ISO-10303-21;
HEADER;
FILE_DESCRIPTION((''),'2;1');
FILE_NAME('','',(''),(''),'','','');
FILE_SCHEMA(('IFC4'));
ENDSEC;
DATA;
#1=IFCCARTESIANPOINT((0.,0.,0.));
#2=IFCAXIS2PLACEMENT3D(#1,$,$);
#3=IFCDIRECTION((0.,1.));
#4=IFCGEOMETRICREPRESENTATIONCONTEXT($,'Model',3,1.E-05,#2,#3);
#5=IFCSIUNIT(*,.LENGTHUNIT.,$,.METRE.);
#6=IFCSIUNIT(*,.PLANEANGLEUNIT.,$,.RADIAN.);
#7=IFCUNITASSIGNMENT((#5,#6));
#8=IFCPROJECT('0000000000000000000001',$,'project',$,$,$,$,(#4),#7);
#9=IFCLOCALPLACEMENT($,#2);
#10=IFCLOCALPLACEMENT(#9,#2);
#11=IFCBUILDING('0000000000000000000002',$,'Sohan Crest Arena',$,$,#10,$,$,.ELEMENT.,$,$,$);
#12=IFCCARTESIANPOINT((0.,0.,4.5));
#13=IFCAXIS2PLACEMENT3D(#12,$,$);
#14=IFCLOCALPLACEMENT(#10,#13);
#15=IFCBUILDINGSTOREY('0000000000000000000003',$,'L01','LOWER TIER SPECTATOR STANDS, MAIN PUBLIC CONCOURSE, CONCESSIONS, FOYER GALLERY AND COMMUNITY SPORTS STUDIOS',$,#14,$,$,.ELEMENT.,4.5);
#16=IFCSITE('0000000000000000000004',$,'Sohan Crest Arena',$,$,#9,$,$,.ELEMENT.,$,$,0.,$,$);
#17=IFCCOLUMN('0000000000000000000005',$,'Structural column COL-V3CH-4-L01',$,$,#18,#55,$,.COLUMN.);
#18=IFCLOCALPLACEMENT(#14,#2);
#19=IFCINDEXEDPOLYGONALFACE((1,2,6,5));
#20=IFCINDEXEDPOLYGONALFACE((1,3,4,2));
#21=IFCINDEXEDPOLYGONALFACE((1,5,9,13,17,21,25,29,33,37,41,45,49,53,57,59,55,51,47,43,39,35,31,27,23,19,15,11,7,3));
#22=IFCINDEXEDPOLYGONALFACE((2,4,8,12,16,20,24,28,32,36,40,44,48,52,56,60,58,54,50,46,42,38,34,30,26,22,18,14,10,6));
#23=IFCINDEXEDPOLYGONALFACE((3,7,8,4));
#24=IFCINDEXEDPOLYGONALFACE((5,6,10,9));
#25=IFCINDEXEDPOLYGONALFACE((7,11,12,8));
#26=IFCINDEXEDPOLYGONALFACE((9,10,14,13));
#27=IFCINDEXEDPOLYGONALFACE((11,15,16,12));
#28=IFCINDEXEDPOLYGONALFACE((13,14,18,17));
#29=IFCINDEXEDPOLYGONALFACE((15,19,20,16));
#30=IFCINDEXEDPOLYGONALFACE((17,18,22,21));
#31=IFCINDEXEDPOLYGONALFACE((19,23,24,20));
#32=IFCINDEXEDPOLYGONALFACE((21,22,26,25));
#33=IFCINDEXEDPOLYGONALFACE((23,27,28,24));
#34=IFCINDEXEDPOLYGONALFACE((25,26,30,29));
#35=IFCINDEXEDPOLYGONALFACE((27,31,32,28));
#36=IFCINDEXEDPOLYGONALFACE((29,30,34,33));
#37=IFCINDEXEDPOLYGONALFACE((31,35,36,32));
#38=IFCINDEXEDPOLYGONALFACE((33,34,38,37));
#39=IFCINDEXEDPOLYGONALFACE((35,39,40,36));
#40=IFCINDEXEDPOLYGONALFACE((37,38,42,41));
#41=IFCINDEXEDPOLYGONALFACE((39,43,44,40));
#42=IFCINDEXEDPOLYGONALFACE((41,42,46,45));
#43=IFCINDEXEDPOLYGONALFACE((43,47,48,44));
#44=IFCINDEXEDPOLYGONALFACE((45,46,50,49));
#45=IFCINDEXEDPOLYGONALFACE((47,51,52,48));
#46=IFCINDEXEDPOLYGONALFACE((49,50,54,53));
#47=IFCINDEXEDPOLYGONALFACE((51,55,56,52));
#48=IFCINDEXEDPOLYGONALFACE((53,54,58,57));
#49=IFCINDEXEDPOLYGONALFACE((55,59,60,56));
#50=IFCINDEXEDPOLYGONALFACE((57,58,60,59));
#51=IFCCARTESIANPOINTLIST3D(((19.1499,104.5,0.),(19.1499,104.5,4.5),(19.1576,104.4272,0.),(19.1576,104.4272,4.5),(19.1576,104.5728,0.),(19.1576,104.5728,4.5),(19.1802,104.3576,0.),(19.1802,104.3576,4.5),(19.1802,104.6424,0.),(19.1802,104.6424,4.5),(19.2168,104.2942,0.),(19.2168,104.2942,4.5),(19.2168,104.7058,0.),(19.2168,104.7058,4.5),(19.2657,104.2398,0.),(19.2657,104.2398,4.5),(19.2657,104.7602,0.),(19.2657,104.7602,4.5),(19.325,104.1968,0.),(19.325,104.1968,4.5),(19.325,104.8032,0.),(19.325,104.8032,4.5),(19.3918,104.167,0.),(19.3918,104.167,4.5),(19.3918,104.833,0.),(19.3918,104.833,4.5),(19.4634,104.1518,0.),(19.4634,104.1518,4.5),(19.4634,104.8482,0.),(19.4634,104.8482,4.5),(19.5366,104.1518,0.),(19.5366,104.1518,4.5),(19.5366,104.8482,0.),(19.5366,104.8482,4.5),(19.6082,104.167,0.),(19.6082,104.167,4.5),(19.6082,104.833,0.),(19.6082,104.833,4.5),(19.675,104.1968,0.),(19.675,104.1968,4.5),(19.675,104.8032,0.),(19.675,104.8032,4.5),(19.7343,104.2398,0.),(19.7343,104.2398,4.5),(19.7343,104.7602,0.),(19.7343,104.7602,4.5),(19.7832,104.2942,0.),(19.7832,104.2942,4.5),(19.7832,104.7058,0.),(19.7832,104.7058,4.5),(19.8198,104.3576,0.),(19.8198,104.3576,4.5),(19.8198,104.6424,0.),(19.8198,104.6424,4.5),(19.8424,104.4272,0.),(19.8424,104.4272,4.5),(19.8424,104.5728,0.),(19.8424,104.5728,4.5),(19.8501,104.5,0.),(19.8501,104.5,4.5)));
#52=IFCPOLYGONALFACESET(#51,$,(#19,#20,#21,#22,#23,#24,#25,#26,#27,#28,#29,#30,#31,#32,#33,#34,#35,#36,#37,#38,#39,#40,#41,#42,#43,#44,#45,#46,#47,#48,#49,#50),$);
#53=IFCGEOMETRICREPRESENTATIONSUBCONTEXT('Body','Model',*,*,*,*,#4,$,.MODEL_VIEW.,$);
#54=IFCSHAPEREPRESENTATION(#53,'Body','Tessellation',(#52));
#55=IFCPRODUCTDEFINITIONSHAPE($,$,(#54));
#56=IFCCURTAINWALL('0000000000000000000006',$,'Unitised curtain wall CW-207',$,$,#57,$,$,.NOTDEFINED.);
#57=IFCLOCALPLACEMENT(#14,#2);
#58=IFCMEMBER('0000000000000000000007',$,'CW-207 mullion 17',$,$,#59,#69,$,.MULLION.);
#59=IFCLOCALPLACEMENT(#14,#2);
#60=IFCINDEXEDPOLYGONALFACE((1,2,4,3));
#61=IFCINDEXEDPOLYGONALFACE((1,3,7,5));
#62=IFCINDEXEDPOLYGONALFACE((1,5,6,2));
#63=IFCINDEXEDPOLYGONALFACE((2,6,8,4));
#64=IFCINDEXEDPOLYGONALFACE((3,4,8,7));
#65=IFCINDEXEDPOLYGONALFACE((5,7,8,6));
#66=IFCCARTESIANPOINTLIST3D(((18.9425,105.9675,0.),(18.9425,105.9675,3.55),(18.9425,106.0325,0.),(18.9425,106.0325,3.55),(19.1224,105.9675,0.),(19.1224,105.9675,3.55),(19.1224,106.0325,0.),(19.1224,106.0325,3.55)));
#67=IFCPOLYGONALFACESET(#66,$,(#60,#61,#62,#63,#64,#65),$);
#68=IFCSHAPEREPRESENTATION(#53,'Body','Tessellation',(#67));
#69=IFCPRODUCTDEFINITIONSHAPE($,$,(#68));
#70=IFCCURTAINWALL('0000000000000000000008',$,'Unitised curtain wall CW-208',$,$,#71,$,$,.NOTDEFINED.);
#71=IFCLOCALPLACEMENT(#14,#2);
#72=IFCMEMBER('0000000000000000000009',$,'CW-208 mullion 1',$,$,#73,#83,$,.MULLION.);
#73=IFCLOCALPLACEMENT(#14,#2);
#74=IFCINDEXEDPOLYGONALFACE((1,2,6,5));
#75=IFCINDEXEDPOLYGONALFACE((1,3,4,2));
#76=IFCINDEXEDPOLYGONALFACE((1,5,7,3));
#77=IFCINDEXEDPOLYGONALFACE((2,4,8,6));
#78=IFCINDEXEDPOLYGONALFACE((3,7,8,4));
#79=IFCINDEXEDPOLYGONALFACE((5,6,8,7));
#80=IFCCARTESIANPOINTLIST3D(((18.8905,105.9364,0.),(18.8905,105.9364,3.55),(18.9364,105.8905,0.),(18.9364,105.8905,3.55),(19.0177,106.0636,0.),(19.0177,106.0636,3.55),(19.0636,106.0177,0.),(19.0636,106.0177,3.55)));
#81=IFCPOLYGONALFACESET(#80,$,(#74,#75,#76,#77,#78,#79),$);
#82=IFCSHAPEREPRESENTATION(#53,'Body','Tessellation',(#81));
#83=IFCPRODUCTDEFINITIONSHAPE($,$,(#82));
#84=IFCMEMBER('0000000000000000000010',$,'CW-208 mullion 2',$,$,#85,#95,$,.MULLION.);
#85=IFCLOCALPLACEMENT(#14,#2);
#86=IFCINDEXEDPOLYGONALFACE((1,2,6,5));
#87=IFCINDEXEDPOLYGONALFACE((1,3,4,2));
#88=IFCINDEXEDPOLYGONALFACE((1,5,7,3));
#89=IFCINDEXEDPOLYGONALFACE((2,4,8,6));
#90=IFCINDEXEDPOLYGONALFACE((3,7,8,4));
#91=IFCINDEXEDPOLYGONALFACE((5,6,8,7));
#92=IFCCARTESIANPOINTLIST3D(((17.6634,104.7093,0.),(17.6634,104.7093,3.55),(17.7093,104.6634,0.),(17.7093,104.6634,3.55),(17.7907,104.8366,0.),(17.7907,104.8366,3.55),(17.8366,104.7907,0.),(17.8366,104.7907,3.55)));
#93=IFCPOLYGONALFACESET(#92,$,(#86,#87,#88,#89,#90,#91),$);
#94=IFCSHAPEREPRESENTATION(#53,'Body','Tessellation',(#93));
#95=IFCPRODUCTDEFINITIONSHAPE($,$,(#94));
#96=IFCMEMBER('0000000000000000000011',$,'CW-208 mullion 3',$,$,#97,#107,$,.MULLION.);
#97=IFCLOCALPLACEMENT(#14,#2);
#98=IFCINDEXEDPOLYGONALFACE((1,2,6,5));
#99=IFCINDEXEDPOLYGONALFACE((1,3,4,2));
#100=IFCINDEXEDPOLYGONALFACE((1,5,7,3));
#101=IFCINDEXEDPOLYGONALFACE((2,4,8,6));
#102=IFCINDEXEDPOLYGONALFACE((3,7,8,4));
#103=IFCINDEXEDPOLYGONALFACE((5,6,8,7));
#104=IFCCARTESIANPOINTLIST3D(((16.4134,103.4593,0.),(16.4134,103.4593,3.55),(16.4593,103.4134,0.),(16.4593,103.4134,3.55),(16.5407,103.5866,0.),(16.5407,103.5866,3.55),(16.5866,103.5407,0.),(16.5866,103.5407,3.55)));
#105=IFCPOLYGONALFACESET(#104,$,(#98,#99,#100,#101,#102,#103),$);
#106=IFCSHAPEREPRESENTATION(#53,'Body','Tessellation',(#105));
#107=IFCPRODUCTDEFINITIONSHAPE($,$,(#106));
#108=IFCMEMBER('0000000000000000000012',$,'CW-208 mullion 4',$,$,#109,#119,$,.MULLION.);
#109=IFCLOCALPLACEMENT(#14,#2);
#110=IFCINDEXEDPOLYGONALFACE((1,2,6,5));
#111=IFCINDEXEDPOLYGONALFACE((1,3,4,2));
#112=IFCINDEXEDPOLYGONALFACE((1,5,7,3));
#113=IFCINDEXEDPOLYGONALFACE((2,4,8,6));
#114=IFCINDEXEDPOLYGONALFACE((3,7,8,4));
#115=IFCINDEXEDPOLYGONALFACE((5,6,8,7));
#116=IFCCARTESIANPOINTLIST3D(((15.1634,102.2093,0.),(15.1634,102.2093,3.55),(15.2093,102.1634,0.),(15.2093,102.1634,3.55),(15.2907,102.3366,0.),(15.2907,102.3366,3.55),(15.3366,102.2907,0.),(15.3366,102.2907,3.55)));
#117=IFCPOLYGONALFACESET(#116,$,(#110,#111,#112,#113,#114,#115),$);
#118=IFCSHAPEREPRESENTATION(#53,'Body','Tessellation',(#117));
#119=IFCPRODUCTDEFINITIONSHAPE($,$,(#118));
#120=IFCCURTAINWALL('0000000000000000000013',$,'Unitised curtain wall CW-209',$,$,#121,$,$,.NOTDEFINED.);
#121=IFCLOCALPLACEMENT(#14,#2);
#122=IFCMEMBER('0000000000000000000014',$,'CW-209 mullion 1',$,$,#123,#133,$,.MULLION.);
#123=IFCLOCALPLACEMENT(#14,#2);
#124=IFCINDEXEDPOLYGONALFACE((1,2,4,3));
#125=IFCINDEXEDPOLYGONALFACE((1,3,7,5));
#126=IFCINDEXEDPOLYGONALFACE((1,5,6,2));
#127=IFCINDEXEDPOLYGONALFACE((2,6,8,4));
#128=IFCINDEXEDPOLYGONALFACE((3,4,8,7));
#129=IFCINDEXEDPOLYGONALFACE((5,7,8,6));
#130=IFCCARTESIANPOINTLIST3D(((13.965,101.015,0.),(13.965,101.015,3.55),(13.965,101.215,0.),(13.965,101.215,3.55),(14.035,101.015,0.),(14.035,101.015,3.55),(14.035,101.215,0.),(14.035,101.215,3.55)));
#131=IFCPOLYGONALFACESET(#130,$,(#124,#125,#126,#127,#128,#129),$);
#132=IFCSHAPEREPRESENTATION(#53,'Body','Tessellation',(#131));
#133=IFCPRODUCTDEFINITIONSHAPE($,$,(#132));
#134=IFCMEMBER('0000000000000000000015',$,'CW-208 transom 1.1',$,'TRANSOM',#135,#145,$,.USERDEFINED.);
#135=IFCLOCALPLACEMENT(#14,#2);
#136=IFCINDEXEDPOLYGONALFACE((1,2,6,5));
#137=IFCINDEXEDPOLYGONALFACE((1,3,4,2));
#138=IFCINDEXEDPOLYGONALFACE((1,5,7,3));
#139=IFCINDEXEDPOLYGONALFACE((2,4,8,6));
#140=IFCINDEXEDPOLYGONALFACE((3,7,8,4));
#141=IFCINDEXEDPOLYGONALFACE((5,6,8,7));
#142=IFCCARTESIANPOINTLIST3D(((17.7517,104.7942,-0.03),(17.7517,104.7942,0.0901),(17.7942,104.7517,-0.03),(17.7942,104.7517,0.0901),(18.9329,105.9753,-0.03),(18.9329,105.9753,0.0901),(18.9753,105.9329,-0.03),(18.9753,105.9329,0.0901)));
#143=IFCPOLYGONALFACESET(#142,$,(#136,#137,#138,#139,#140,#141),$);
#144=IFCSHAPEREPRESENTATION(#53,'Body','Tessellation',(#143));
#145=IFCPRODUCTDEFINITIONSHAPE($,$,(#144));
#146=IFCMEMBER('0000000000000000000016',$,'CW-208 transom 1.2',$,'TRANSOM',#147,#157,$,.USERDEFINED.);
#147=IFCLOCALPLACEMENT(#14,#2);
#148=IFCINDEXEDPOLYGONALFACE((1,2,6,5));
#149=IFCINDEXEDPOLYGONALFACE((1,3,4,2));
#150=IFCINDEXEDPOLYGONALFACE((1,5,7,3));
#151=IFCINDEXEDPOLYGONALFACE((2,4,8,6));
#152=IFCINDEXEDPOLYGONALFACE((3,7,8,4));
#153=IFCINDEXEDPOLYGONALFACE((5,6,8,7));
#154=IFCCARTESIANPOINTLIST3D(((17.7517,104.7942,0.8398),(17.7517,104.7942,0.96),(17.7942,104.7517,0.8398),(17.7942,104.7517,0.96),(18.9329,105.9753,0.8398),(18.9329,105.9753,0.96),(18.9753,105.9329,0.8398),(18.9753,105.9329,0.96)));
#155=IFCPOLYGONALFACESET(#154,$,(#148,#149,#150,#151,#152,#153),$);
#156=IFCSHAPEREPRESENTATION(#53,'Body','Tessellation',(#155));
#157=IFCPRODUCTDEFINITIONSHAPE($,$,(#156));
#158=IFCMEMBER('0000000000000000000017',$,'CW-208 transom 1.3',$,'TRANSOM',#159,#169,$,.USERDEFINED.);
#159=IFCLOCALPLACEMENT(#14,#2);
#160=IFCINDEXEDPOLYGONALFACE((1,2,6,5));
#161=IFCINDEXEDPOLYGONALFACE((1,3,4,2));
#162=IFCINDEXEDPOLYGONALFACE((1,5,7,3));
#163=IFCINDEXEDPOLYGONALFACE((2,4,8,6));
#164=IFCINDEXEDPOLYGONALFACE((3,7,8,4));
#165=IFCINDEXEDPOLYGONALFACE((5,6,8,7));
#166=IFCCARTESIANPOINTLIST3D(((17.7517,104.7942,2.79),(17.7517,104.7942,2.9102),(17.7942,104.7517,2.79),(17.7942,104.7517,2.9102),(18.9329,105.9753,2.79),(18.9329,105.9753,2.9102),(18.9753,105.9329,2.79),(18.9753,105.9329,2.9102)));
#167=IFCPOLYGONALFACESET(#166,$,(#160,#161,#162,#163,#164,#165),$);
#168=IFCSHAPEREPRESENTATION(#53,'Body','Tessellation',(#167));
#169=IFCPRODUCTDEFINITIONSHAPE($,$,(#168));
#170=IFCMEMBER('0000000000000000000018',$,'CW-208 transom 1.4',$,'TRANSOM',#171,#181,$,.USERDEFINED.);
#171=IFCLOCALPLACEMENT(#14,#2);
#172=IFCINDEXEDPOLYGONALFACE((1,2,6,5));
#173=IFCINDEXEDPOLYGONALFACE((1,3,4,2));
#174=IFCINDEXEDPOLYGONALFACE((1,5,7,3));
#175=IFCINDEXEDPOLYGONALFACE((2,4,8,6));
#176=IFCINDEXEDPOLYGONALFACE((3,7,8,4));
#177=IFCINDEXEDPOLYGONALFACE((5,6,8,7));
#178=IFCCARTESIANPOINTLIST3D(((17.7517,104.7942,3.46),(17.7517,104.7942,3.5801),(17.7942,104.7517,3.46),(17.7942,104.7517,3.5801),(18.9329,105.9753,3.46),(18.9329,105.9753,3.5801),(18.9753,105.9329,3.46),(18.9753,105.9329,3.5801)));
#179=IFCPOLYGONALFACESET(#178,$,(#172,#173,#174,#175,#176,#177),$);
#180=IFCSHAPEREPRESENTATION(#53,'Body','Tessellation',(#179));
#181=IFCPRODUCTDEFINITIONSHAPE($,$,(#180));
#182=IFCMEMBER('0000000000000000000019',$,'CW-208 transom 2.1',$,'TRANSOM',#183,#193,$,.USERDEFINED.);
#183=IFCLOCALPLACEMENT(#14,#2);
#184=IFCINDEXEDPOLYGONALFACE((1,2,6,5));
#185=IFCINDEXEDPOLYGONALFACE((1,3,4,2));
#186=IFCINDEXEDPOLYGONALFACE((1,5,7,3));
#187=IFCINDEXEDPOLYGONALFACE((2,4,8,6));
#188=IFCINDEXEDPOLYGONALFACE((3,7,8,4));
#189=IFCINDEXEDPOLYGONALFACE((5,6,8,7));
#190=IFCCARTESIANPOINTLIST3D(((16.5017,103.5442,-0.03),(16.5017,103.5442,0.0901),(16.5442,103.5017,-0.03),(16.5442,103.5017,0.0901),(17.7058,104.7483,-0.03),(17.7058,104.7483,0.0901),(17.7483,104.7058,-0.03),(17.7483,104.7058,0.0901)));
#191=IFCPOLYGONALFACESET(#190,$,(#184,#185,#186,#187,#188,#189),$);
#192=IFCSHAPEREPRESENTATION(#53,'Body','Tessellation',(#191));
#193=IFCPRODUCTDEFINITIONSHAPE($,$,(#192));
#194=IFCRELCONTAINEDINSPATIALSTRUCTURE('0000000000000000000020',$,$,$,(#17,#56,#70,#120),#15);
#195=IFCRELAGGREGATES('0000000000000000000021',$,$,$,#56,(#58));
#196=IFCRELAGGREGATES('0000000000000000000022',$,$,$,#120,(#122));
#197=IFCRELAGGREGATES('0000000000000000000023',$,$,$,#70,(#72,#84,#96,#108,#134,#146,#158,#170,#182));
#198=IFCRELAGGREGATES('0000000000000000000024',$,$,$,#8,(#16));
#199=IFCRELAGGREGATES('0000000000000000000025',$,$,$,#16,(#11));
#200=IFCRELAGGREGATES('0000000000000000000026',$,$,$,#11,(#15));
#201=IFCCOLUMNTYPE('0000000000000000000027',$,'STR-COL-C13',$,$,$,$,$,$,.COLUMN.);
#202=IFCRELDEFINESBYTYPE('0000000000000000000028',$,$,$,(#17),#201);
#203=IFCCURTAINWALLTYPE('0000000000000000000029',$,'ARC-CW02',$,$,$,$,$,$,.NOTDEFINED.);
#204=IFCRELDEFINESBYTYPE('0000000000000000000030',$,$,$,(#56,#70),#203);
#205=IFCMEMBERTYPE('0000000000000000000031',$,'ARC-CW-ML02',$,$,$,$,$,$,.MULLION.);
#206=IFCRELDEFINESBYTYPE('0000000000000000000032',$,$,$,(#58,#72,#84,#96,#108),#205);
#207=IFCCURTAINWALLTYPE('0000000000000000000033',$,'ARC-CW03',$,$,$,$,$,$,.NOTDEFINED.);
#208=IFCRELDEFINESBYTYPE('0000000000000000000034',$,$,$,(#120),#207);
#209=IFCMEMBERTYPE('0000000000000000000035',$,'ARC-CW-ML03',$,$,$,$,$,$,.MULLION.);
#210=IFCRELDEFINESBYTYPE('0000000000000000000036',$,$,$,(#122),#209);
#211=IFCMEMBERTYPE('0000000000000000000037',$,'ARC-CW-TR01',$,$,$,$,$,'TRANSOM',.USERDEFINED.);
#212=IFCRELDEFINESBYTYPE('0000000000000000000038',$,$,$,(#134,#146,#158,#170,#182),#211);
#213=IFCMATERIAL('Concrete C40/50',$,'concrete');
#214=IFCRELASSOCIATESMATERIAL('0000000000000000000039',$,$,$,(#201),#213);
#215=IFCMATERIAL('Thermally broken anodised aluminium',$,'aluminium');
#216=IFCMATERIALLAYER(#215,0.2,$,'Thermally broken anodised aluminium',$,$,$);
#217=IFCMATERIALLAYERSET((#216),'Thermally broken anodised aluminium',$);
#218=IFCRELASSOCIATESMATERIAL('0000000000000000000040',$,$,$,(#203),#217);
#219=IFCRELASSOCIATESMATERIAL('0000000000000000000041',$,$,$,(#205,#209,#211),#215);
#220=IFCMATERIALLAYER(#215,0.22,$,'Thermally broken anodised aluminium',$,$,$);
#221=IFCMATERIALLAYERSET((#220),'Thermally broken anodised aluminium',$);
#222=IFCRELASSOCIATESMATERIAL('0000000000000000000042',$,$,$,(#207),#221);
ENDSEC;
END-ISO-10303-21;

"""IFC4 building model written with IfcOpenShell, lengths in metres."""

from ifc_helpers import new_model, si_unit, direction, frame, origin, origin_2d, place, context, subcontext, project, spatial, rectangle, circle, extrude, material, layer, layer_set, material_profile, profile_set, type_object, element, aggregate, save


model = new_model("IFC4")

# Units and contexts
model_context = context("Model", 3, precision=1e-05, world=origin(), true_north=direction((0.0, 1.0)))
body_context = subcontext(model_context, "Body", "Model", "MODEL_VIEW")
ifc_project = project(units=[si_unit("LENGTHUNIT", "METRE"), si_unit("PLANEANGLEUNIT", "RADIAN")], contexts=[model_context])

# Site, building, storey
site_placement = place(None, origin())
site = spatial("IfcSite", under=ifc_project, at=site_placement, Name="Sohan Crest Arena", CompositionType="ELEMENT", RefElevation=0.0)
building_placement = place(site_placement, origin())
building = spatial("IfcBuilding", under=site, at=building_placement, Name="Sohan Crest Arena", CompositionType="ELEMENT")
storey_placement = place(building_placement, frame((0.0, 0.0, 4.5)))
storey = spatial("IfcBuildingStorey", under=building, at=storey_placement, Name="L01", Description="LOWER TIER SPECTATOR STANDS, MAIN PUBLIC CONCOURSE, CONCESSIONS, FOYER GALLERY AND COMMUNITY SPORTS STUDIOS", CompositionType="ELEMENT", Elevation=4.5)

# Column
ifc_material_1 = material(Name="Concrete C40/50", Category="concrete")
ifc_material_profile_1 = material_profile(ifc_material_1, circle(Radius=0.3501, at=origin_2d()), Name="RC D700")
ifc_profile_set_1 = profile_set([ifc_material_profile_1], Name="Concrete C40/50")
column_type = type_object("IfcColumnType", Name="STR-COL-C13", PredefinedType="COLUMN", material=ifc_profile_set_1)
column_placement = place(storey_placement, frame((19.5, 104.5, 0.0), z_axis=(0.0, 0.0, 1.0), x_axis=(1.0, 0.0, 0.0)))
element("IfcColumn", 1, at=column_placement, inside=storey, type_object=column_type, Name="Structural column COL-V3CH-4-L01", PredefinedType="COLUMN", context=body_context, shape_type="SweptSolid", body=[
    extrude(circle(Radius=0.3501, at=origin_2d()), origin(), (0.0, 0.0, 1.0), 4.5),
])

# Curtain wall, member
ifc_material_2 = material(Name="Thermally broken anodised aluminium", Category="aluminium")
ifc_layer_1 = layer(ifc_material_2, 0.2, Name="Thermally broken anodised aluminium")
ifc_layer_set_1 = layer_set([ifc_layer_1], Name="Thermally broken anodised aluminium")
curtain_wall_type_1 = type_object("IfcCurtainWallType", Name="ARC-CW02", PredefinedType="NOTDEFINED", material=ifc_layer_set_1)
curtain_wall_1_placement = place(storey_placement, origin())
curtain_wall_1 = element("IfcCurtainWall", 2, at=curtain_wall_1_placement, inside=storey, type_object=curtain_wall_type_1, Name="Unitised curtain wall CW-207", PredefinedType="NOTDEFINED")
ifc_material_profile_2 = material_profile(ifc_material_2, rectangle(XDim=0.0649, YDim=0.1799, at=origin_2d()), Name="ALU-MULL 65x180")
ifc_profile_set_2 = profile_set([ifc_material_profile_2], Name="Thermally broken anodised aluminium")
member_type_1 = type_object("IfcMemberType", Name="ARC-CW-ML02", PredefinedType="MULLION", material=ifc_profile_set_2)
member_1_placement = place(storey_placement, frame((19.0325, 106.0, 0.0), z_axis=(0.0, 0.0, 1.0), x_axis=(0.0, -1.0, 0.0)))
member_1 = element("IfcMember", 3, at=member_1_placement, type_object=member_type_1, Name="CW-207 mullion 17", PredefinedType="MULLION", context=body_context, shape_type="SweptSolid", body=[
    extrude(rectangle(XDim=0.0649, YDim=0.1799, at=origin_2d()), origin(), (0.0, 0.0, 1.0), 3.55),
])
aggregate(curtain_wall_1, [member_1])

# Curtain wall, members
curtain_wall_2_placement = place(storey_placement, origin())
curtain_wall_2 = element("IfcCurtainWall", 4, at=curtain_wall_2_placement, inside=storey, type_object=curtain_wall_type_1, Name="Unitised curtain wall CW-208", PredefinedType="NOTDEFINED")
member_2_placement = place(storey_placement, frame((18.9771, 105.9771, 0.0), z_axis=(0.0, 0.0, 1.0), x_axis=(0.707107, -0.707107, 0.0)))
member_2 = element("IfcMember", 5, at=member_2_placement, type_object=member_type_1, Name="CW-208 mullion 1", PredefinedType="MULLION", context=body_context, shape_type="SweptSolid", body=[
    extrude(rectangle(XDim=0.0649, YDim=0.1799, at=origin_2d()), origin(), (0.0, 0.0, 1.0), 3.55),
])
member_3_placement = place(storey_placement, frame((17.75, 104.75, 0.0), z_axis=(0.0, 0.0, 1.0), x_axis=(0.707107, -0.707107, 0.0)))
member_3 = element("IfcMember", 6, at=member_3_placement, type_object=member_type_1, Name="CW-208 mullion 2", PredefinedType="MULLION", context=body_context, shape_type="SweptSolid", body=[
    extrude(rectangle(XDim=0.0649, YDim=0.1799, at=origin_2d()), origin(), (0.0, 0.0, 1.0), 3.55),
])
member_4_placement = place(storey_placement, frame((16.5, 103.5, 0.0), z_axis=(0.0, 0.0, 1.0), x_axis=(0.707107, -0.707107, 0.0)))
member_4 = element("IfcMember", 7, at=member_4_placement, type_object=member_type_1, Name="CW-208 mullion 3", PredefinedType="MULLION", context=body_context, shape_type="SweptSolid", body=[
    extrude(rectangle(XDim=0.0649, YDim=0.1799, at=origin_2d()), origin(), (0.0, 0.0, 1.0), 3.55),
])
member_5_placement = place(storey_placement, frame((15.25, 102.25, 0.0), z_axis=(0.0, 0.0, 1.0), x_axis=(0.707107, -0.707107, 0.0)))
member_5 = element("IfcMember", 8, at=member_5_placement, type_object=member_type_1, Name="CW-208 mullion 4", PredefinedType="MULLION", context=body_context, shape_type="SweptSolid", body=[
    extrude(rectangle(XDim=0.0649, YDim=0.1799, at=origin_2d()), origin(), (0.0, 0.0, 1.0), 3.55),
])

# Curtain wall, member
ifc_layer_2 = layer(ifc_material_2, 0.22, Name="Thermally broken anodised aluminium")
ifc_layer_set_2 = layer_set([ifc_layer_2], Name="Thermally broken anodised aluminium")
curtain_wall_type_2 = type_object("IfcCurtainWallType", Name="ARC-CW03", PredefinedType="NOTDEFINED", material=ifc_layer_set_2)
curtain_wall_3_placement = place(storey_placement, origin())
curtain_wall_3 = element("IfcCurtainWall", 9, at=curtain_wall_3_placement, inside=storey, type_object=curtain_wall_type_2, Name="Unitised curtain wall CW-209", PredefinedType="NOTDEFINED")
ifc_material_profile_3 = material_profile(ifc_material_2, rectangle(XDim=0.0701, YDim=0.2, at=origin_2d()), Name="ALU-MULL 70x200")
ifc_profile_set_3 = profile_set([ifc_material_profile_3], Name="Thermally broken anodised aluminium")
member_type_2 = type_object("IfcMemberType", Name="ARC-CW-ML03", PredefinedType="MULLION", material=ifc_profile_set_3)
member_6_placement = place(storey_placement, frame((14.0, 101.115, 0.0), z_axis=(0.0, 0.0, 1.0), x_axis=(1.0, 0.0, 0.0)))
member_6 = element("IfcMember", 10, at=member_6_placement, type_object=member_type_2, Name="CW-209 mullion 1", PredefinedType="MULLION", context=body_context, shape_type="SweptSolid", body=[
    extrude(rectangle(XDim=0.0701, YDim=0.2, at=origin_2d()), origin(), (0.0, 0.0, 1.0), 3.55),
])

# Members
ifc_material_profile_4 = material_profile(ifc_material_2, rectangle(XDim=0.0601, YDim=0.1201, at=origin_2d()), Name="ALU-TRAN 60x120")
ifc_profile_set_4 = profile_set([ifc_material_profile_4], Name="Thermally broken anodised aluminium")
member_type_3 = type_object("IfcMemberType", Name="ARC-CW-TR01", ElementType="TRANSOM", PredefinedType="USERDEFINED", material=ifc_profile_set_4)
member_7_placement = place(storey_placement, frame((18.9541, 105.9541, 0.03), z_axis=(-0.707107, -0.707107, 0.0), x_axis=(0.707107, -0.707107, 0.0)))
member_7 = element("IfcMember", 11, at=member_7_placement, type_object=member_type_3, Name="CW-208 transom 1.1", ObjectType="TRANSOM", PredefinedType="USERDEFINED", context=body_context, shape_type="SweptSolid", body=[
    extrude(rectangle(XDim=0.0601, YDim=0.1201, at=origin_2d()), origin(), (0.0, 0.0, 1.0), 1.6704),
])
member_8_placement = place(storey_placement, frame((18.9541, 105.9541, 0.8999), z_axis=(-0.707107, -0.707107, 0.0), x_axis=(0.707107, -0.707107, 0.0)))
member_8 = element("IfcMember", 12, at=member_8_placement, type_object=member_type_3, Name="CW-208 transom 1.2", ObjectType="TRANSOM", PredefinedType="USERDEFINED", context=body_context, shape_type="SweptSolid", body=[
    extrude(rectangle(XDim=0.0601, YDim=0.1201, at=origin_2d()), origin(), (0.0, 0.0, 1.0), 1.6704),
])
member_9_placement = place(storey_placement, frame((18.9541, 105.9541, 2.8501), z_axis=(-0.707107, -0.707107, 0.0), x_axis=(0.707107, -0.707107, 0.0)))
member_9 = element("IfcMember", 13, at=member_9_placement, type_object=member_type_3, Name="CW-208 transom 1.3", ObjectType="TRANSOM", PredefinedType="USERDEFINED", context=body_context, shape_type="SweptSolid", body=[
    extrude(rectangle(XDim=0.0601, YDim=0.1201, at=origin_2d()), origin(), (0.0, 0.0, 1.0), 1.6704),
])
member_10_placement = place(storey_placement, frame((18.9541, 105.9541, 3.52), z_axis=(-0.707107, -0.707107, 0.0), x_axis=(0.707107, -0.707107, 0.0)))
member_10 = element("IfcMember", 14, at=member_10_placement, type_object=member_type_3, Name="CW-208 transom 1.4", ObjectType="TRANSOM", PredefinedType="USERDEFINED", context=body_context, shape_type="SweptSolid", body=[
    extrude(rectangle(XDim=0.0601, YDim=0.1201, at=origin_2d()), origin(), (0.0, 0.0, 1.0), 1.6704),
])
member_11_placement = place(storey_placement, frame((17.7271, 104.7271, 0.03), z_axis=(-0.707107, -0.707107, 0.0), x_axis=(0.707107, -0.707107, 0.0)))
member_11 = element("IfcMember", 15, at=member_11_placement, type_object=member_type_3, Name="CW-208 transom 2.1", ObjectType="TRANSOM", PredefinedType="USERDEFINED", context=body_context, shape_type="SweptSolid", body=[
    extrude(rectangle(XDim=0.0601, YDim=0.1201, at=origin_2d()), origin(), (0.0, 0.0, 1.0), 1.7029),
])
aggregate(curtain_wall_3, [member_6])

aggregate(curtain_wall_2, [member_2, member_3, member_4, member_5, member_7, member_8, member_9, member_10, member_11])

save(model, "model.ifc")
